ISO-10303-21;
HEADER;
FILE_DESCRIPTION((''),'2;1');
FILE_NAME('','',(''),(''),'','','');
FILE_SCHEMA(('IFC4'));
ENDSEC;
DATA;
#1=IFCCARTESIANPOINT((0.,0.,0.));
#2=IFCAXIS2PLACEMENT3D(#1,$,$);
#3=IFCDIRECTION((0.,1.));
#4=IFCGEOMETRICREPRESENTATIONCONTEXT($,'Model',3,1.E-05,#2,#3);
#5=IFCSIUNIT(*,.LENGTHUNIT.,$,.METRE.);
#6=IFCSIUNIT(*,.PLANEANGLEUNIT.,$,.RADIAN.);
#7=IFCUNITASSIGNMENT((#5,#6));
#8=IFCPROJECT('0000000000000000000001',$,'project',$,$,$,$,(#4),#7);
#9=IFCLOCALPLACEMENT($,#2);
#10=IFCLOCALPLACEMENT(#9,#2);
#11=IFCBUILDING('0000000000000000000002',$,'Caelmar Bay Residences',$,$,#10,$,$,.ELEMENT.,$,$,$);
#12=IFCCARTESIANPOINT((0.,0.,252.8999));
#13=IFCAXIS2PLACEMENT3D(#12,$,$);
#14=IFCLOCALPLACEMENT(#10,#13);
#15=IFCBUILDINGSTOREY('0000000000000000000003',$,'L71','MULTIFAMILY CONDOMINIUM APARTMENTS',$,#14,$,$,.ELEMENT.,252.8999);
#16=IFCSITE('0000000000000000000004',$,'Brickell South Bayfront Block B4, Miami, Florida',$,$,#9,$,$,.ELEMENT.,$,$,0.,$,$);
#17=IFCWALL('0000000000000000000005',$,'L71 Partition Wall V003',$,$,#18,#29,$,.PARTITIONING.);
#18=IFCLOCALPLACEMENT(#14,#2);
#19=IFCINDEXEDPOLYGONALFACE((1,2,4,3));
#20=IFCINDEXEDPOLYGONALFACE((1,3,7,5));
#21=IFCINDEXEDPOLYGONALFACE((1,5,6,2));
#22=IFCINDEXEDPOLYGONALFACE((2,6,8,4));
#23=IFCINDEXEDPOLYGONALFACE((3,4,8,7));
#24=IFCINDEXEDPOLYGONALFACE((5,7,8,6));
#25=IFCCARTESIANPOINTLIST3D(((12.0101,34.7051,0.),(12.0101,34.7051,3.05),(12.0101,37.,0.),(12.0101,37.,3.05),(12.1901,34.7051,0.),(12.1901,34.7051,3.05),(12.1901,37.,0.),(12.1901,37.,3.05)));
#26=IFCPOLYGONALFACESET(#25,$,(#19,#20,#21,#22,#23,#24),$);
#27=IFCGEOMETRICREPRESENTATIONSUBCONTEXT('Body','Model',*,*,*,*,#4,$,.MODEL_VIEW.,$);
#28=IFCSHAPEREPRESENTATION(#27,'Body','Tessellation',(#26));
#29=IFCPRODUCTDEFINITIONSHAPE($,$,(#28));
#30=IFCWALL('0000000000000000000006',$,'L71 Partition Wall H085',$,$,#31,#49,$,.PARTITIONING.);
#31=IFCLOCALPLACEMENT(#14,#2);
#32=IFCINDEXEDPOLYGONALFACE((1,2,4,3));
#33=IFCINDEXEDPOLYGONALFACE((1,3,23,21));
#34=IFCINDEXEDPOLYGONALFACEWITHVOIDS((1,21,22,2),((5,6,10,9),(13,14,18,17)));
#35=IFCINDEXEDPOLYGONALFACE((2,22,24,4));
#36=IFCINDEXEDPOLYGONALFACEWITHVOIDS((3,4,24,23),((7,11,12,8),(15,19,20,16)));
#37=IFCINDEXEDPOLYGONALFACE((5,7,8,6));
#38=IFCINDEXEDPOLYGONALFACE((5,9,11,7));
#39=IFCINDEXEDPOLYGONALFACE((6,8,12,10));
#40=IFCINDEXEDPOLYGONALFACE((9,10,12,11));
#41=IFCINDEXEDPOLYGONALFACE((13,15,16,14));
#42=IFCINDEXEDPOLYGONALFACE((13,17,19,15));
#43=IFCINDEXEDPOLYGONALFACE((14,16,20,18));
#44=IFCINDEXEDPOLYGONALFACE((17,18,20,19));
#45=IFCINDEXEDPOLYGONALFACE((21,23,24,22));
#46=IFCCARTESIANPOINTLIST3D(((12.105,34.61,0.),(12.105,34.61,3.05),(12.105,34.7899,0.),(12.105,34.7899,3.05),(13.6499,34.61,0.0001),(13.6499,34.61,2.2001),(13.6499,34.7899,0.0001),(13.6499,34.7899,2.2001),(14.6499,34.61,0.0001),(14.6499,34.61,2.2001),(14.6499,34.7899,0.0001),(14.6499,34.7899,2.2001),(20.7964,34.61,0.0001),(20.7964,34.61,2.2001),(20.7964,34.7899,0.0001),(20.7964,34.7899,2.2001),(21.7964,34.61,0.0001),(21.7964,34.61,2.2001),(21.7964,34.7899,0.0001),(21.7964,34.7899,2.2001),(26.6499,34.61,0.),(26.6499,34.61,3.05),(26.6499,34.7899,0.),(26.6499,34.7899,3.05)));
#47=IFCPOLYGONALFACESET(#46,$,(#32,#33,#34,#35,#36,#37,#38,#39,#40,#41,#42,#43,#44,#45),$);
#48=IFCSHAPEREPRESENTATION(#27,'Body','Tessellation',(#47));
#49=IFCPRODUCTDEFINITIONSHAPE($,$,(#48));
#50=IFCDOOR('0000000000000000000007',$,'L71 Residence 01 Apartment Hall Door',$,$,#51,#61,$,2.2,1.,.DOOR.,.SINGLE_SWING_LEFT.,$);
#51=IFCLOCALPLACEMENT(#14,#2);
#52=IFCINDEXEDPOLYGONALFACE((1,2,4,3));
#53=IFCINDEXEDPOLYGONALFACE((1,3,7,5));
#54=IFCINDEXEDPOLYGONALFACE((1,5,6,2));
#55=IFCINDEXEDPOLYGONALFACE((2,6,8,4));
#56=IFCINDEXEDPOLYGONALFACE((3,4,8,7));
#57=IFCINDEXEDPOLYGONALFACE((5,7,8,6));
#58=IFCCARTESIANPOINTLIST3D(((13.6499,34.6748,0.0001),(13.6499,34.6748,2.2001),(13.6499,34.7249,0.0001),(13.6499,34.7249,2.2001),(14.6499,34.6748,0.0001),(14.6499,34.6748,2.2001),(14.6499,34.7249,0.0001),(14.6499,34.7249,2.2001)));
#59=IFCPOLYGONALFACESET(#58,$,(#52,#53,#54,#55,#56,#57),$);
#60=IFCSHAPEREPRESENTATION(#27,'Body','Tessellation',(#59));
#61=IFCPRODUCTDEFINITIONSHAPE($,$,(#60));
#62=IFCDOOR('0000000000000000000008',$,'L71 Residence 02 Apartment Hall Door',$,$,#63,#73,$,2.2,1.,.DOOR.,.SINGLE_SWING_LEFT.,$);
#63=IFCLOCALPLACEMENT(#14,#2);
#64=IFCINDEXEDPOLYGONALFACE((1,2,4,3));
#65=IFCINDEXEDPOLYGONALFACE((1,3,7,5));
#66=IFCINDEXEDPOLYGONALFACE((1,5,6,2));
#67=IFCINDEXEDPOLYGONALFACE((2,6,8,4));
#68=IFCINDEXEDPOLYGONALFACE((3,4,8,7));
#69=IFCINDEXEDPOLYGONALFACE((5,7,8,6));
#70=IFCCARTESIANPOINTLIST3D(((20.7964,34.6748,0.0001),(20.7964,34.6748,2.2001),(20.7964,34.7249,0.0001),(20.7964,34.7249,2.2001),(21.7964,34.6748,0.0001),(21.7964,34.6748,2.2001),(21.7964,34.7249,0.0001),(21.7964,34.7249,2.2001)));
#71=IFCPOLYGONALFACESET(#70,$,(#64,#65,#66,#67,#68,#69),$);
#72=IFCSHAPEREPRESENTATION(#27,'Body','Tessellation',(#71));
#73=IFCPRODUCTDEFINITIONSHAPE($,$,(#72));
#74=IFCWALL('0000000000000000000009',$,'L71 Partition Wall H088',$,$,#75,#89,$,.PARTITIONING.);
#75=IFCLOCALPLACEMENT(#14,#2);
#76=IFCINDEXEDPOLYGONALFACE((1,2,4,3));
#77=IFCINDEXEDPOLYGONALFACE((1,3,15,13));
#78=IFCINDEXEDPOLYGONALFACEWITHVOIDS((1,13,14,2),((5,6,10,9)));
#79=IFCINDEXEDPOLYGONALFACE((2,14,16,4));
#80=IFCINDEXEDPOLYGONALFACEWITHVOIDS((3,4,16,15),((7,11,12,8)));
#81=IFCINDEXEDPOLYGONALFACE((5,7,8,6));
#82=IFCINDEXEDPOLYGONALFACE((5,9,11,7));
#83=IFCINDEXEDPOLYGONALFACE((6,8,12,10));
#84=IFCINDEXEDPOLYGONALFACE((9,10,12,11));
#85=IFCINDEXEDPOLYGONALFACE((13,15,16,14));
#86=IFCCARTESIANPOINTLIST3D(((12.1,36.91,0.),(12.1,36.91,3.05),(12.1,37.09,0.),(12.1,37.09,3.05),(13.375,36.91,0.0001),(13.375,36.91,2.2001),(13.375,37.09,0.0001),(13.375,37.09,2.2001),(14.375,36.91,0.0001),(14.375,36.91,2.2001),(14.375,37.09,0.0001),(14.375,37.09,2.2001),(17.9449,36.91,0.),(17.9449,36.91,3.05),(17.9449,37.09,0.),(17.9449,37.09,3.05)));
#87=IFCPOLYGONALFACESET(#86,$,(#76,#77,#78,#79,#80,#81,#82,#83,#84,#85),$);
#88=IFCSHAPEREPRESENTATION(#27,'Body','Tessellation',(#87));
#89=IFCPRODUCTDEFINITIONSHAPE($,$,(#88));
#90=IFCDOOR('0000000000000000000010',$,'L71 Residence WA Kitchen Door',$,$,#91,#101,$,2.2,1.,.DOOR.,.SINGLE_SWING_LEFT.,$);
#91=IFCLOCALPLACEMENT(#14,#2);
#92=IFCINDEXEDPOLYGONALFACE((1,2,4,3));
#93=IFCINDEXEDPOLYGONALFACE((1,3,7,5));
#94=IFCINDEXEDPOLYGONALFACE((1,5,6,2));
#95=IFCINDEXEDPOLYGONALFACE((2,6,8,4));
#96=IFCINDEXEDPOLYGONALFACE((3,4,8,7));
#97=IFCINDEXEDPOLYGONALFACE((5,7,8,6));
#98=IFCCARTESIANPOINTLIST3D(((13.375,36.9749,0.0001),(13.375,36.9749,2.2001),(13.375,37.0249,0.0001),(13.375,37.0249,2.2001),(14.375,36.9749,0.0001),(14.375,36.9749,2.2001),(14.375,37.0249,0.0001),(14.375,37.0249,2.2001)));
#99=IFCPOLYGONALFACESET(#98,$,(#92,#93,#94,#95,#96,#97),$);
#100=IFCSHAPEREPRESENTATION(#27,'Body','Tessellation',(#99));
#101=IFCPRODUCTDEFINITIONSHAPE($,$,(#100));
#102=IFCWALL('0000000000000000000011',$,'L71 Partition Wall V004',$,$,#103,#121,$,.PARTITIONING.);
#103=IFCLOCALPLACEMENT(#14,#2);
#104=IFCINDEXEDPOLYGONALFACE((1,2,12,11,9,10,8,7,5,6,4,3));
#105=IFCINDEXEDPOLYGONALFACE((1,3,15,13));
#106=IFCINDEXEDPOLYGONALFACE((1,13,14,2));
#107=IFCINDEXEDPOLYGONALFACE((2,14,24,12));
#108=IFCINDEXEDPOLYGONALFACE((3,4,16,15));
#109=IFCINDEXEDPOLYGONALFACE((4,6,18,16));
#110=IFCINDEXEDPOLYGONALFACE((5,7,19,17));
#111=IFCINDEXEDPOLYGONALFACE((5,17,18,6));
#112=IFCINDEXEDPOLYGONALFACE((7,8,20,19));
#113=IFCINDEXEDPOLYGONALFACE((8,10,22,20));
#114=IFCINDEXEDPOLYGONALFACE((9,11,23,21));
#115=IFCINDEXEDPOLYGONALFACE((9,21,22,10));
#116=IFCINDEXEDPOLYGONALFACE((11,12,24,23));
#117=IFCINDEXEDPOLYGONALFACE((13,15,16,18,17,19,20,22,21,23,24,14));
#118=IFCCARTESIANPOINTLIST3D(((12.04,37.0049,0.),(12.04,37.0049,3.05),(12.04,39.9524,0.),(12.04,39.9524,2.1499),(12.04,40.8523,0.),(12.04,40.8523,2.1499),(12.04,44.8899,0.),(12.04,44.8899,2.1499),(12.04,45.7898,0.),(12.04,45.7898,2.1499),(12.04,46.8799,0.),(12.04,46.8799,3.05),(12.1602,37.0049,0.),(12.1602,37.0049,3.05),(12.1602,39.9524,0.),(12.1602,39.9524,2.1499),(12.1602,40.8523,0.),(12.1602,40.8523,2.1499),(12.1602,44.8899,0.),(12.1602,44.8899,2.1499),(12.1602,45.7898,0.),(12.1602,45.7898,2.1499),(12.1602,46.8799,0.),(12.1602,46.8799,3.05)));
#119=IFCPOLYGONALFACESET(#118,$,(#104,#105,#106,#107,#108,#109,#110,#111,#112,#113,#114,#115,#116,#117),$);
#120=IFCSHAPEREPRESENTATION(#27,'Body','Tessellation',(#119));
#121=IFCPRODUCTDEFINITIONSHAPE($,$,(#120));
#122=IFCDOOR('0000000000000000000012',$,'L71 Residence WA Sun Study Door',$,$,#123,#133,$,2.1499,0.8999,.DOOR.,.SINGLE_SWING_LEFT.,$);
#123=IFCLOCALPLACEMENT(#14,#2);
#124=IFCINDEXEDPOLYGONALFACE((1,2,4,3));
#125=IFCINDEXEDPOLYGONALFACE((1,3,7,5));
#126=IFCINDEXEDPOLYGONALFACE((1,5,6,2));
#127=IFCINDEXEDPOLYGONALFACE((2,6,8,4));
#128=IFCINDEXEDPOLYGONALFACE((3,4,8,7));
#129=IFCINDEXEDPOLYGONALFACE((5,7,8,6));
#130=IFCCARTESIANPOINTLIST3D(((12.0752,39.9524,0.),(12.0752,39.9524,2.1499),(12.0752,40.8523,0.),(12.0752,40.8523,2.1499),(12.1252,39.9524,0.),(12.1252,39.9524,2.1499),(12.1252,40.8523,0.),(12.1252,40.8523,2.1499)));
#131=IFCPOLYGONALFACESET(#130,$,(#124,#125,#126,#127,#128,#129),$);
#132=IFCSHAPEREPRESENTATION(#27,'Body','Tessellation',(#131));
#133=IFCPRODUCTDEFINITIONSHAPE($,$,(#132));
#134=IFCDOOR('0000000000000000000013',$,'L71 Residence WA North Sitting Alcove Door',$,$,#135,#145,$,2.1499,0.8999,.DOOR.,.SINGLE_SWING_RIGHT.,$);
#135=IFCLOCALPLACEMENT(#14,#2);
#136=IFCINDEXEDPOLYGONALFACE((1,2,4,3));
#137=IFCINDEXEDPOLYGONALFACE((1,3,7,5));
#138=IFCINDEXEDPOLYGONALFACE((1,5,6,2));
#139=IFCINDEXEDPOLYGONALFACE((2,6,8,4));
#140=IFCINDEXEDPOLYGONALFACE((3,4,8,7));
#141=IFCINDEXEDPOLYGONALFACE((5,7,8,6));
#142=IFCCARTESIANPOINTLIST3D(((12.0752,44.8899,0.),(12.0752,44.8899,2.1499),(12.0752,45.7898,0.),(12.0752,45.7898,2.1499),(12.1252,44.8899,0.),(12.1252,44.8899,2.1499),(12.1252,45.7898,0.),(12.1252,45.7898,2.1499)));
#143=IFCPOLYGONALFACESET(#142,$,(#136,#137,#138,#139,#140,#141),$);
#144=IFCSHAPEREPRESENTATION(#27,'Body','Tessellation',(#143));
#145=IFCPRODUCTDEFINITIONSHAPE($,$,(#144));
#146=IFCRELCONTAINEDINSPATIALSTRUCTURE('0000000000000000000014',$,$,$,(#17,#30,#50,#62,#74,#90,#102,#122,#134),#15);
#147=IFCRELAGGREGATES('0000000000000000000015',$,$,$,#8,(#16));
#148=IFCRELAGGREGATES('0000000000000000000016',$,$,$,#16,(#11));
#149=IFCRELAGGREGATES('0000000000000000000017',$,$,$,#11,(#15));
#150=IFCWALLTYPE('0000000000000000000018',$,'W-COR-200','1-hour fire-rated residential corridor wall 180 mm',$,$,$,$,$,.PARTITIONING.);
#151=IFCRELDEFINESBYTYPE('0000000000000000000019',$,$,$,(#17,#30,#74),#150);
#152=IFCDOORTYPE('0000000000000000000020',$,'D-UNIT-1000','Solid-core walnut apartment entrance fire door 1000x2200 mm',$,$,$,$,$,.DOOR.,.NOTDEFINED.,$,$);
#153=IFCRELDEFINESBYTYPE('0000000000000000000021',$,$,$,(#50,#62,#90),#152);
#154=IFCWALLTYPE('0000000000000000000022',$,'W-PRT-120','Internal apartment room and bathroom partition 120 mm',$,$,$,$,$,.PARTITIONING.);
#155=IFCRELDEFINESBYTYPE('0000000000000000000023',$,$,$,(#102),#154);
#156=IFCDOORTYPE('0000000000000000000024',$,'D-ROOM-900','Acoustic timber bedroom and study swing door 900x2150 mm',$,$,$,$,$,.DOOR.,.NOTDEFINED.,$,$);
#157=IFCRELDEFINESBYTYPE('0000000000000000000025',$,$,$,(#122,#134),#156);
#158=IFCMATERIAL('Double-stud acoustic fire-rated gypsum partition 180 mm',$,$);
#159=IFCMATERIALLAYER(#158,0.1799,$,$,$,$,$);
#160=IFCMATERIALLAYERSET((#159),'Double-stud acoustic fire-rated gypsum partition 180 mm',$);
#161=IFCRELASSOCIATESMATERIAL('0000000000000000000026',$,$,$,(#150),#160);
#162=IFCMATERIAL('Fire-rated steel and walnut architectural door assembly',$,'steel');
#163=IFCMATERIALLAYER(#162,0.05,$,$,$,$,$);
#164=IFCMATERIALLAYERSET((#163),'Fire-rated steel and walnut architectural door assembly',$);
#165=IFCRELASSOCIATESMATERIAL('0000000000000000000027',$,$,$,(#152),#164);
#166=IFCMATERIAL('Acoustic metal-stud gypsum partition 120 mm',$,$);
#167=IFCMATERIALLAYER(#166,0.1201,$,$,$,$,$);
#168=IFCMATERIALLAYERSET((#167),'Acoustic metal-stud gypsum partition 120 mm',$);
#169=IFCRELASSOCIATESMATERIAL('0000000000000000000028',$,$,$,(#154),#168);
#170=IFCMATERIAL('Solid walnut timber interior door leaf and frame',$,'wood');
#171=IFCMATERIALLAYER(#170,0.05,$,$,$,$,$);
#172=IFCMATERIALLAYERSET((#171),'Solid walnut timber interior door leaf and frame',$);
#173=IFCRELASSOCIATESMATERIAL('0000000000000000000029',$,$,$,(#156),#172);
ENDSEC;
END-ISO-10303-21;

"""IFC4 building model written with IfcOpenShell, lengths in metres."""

from ifc_helpers import new_model, si_unit, direction, frame, frame_2d, origin, place, context, subcontext, project, spatial, rectangle, extrude, material, layer, layer_set, type_object, element, fill, save


model = new_model("IFC4")

# Units and contexts
model_context = context("Model", 3, precision=1e-05, world=origin(), true_north=direction((0.0, 1.0)))
body_context = subcontext(model_context, "Body", "Model", "MODEL_VIEW")
ifc_project = project(units=[si_unit("LENGTHUNIT", "METRE"), si_unit("PLANEANGLEUNIT", "RADIAN")], contexts=[model_context])

# Site, building, storey
site_placement = place(None, origin())
site = spatial("IfcSite", under=ifc_project, at=site_placement, Name="Brickell South Bayfront Block B4, Miami, Florida", CompositionType="ELEMENT", RefElevation=0.0)
building_placement = place(site_placement, origin())
building = spatial("IfcBuilding", under=site, at=building_placement, Name="Caelmar Bay Residences", CompositionType="ELEMENT")
storey_placement = place(building_placement, frame((0.0, 0.0, 252.8999)))
storey = spatial("IfcBuildingStorey", under=building, at=storey_placement, Name="L71", Description="MULTIFAMILY CONDOMINIUM APARTMENTS", CompositionType="ELEMENT", Elevation=252.8999)

# Shared definitions
ifc_material_1 = material(Name="Fire-rated steel and walnut architectural door assembly", Category="steel")

# Wall
ifc_material_2 = material(Name="Double-stud acoustic fire-rated gypsum partition 180 mm")
ifc_layer_1 = layer(ifc_material_2, 0.1799)
ifc_layer_set_1 = layer_set([ifc_layer_1], Name="Double-stud acoustic fire-rated gypsum partition 180 mm")
wall_type_1 = type_object("IfcWallType", Name="W-COR-200", Description="1-hour fire-rated residential corridor wall 180 mm", PredefinedType="PARTITIONING", material=ifc_layer_set_1)
wall_1_placement = place(storey_placement, frame((12.1001, 34.7051, 0.0), z_axis=(0.0, 0.0, 1.0), x_axis=(0.0, 1.0, 0.0)))
element("IfcWall", 1, at=wall_1_placement, inside=storey, type_object=wall_type_1, Name="L71 Partition Wall V003", PredefinedType="PARTITIONING", context=body_context, shape_type="SweptSolid", body=[
    extrude(rectangle(XDim=2.2949, YDim=0.1799, at=frame_2d((1.1475, 0.0))), origin(), (0.0, 0.0, 1.0), 3.05),
])

# Wall, openings, doors
wall_2_placement = place(storey_placement, frame((12.105, 34.7, 0.0), z_axis=(0.0, 0.0, 1.0), x_axis=(1.0, 0.0, 0.0)))
wall_2 = element("IfcWall", 2, at=wall_2_placement, inside=storey, type_object=wall_type_1, Name="L71 Partition Wall H085", PredefinedType="PARTITIONING", context=body_context, shape_type="SweptSolid", body=[
    extrude(rectangle(XDim=14.5449, YDim=0.1799, at=frame_2d((7.2725, 0.0))), origin(), (0.0, 0.0, 1.0), 3.05),
])
opening_1_placement = place(wall_2_placement, frame((1.5449, 0.0, 0.0)))
opening_1 = element("IfcOpeningElement", 3, at=opening_1_placement, cuts=wall_2, PredefinedType="OPENING", context=body_context, shape_type="SweptSolid", body=[
    extrude(rectangle(XDim=1.0, YDim=2.2, at=frame_2d((0.5, 1.1001))), frame((0.0, 0.0999, 0.0), z_axis=(0.0, -1.0, 0.0), x_axis=(1.0, 0.0, 0.0)), (0.0, 0.0, 1.0), 0.2),
])
opening_2_placement = place(wall_2_placement, frame((8.6914, 0.0, 0.0)))
opening_2 = element("IfcOpeningElement", 4, at=opening_2_placement, cuts=wall_2, PredefinedType="OPENING", context=body_context, shape_type="SweptSolid", body=[
    extrude(rectangle(XDim=1.0, YDim=2.2, at=frame_2d((0.5, 1.1001))), frame((0.0, 0.0999, 0.0), z_axis=(0.0, -1.0, 0.0), x_axis=(1.0, 0.0, 0.0)), (0.0, 0.0, 1.0), 0.2),
])
ifc_layer_2 = layer(ifc_material_1, 0.05)
ifc_layer_set_2 = layer_set([ifc_layer_2], Name="Fire-rated steel and walnut architectural door assembly")
door_type_1 = type_object("IfcDoorType", Name="D-UNIT-1000", Description="Solid-core walnut apartment entrance fire door 1000x2200 mm", OperationType="NOTDEFINED", PredefinedType="DOOR", material=ifc_layer_set_2)
door_1_placement = place(opening_1_placement, origin())
door_1 = element("IfcDoor", 5, at=door_1_placement, inside=storey, type_object=door_type_1, Name="L71 Residence 01 Apartment Hall Door", OperationType="SINGLE_SWING_LEFT", OverallHeight=2.2, OverallWidth=1.0, PredefinedType="DOOR", context=body_context, shape_type="SweptSolid", body=[
    extrude(rectangle(XDim=1.0, YDim=2.2, at=frame_2d((0.5, 1.1001))), frame((0.0, 0.0249, 0.0), z_axis=(0.0, -1.0, 0.0), x_axis=(1.0, 0.0, 0.0)), (0.0, 0.0, 1.0), 0.05),
])
fill(opening_1, door_1)
door_2_placement = place(opening_2_placement, origin())
door_2 = element("IfcDoor", 6, at=door_2_placement, inside=storey, type_object=door_type_1, Name="L71 Residence 02 Apartment Hall Door", OperationType="SINGLE_SWING_LEFT", OverallHeight=2.2, OverallWidth=1.0, PredefinedType="DOOR", context=body_context, shape_type="SweptSolid", body=[
    extrude(rectangle(XDim=1.0, YDim=2.2, at=frame_2d((0.5, 1.1001))), frame((0.0, 0.0249, 0.0), z_axis=(0.0, -1.0, 0.0), x_axis=(1.0, 0.0, 0.0)), (0.0, 0.0, 1.0), 0.05),
])
fill(opening_2, door_2)

# Wall, opening, door
wall_3_placement = place(storey_placement, frame((12.1001, 37.0, 0.0), z_axis=(0.0, 0.0, 1.0), x_axis=(1.0, 0.0, 0.0)))
wall_3 = element("IfcWall", 7, at=wall_3_placement, inside=storey, type_object=wall_type_1, Name="L71 Partition Wall H088", PredefinedType="PARTITIONING", context=body_context, shape_type="SweptSolid", body=[
    extrude(rectangle(XDim=5.845, YDim=0.1799, at=frame_2d((2.9224, 0.0))), origin(), (0.0, 0.0, 1.0), 3.05),
])
opening_3_placement = place(wall_3_placement, frame((1.2749, 0.0, 0.0)))
opening_3 = element("IfcOpeningElement", 8, at=opening_3_placement, cuts=wall_3, PredefinedType="OPENING", context=body_context, shape_type="SweptSolid", body=[
    extrude(rectangle(XDim=1.0, YDim=2.2, at=frame_2d((0.5, 1.1001))), frame((0.0, 0.0999, 0.0), z_axis=(0.0, -1.0, 0.0), x_axis=(1.0, 0.0, 0.0)), (0.0, 0.0, 1.0), 0.2),
])
door_3_placement = place(opening_3_placement, origin())
door_3 = element("IfcDoor", 9, at=door_3_placement, inside=storey, type_object=door_type_1, Name="L71 Residence WA Kitchen Door", OperationType="SINGLE_SWING_LEFT", OverallHeight=2.2, OverallWidth=1.0, PredefinedType="DOOR", context=body_context, shape_type="SweptSolid", body=[
    extrude(rectangle(XDim=1.0, YDim=2.2, at=frame_2d((0.5, 1.1001))), frame((0.0, 0.0249, 0.0), z_axis=(0.0, -1.0, 0.0), x_axis=(1.0, 0.0, 0.0)), (0.0, 0.0, 1.0), 0.05),
])
fill(opening_3, door_3)

# Wall, openings, doors
ifc_material_3 = material(Name="Acoustic metal-stud gypsum partition 120 mm")
ifc_layer_3 = layer(ifc_material_3, 0.1201)
ifc_layer_set_3 = layer_set([ifc_layer_3], Name="Acoustic metal-stud gypsum partition 120 mm")
wall_type_2 = type_object("IfcWallType", Name="W-PRT-120", Description="Internal apartment room and bathroom partition 120 mm", PredefinedType="PARTITIONING", material=ifc_layer_set_3)
wall_4_placement = place(storey_placement, frame((12.1001, 37.0049, 0.0), z_axis=(0.0, 0.0, 1.0), x_axis=(0.0, 1.0, 0.0)))
wall_4 = element("IfcWall", 10, at=wall_4_placement, inside=storey, type_object=wall_type_2, Name="L71 Partition Wall V004", PredefinedType="PARTITIONING", context=body_context, shape_type="SweptSolid", body=[
    extrude(rectangle(XDim=9.875, YDim=0.1201, at=frame_2d((4.9375, 0.0))), origin(), (0.0, 0.0, 1.0), 3.05),
])
opening_4_placement = place(wall_4_placement, frame((2.9475, 0.0, 0.0)))
opening_4 = element("IfcOpeningElement", 11, at=opening_4_placement, cuts=wall_4, PredefinedType="OPENING", context=body_context, shape_type="SweptSolid", body=[
    extrude(rectangle(XDim=0.8999, YDim=2.1499, at=frame_2d((0.45, 1.075))), frame((0.0, 0.0701, 0.0), z_axis=(0.0, -1.0, 0.0), x_axis=(1.0, 0.0, 0.0)), (0.0, 0.0, 1.0), 0.1401),
])
opening_5_placement = place(wall_4_placement, frame((7.885, 0.0, 0.0)))
opening_5 = element("IfcOpeningElement", 12, at=opening_5_placement, cuts=wall_4, PredefinedType="OPENING", context=body_context, shape_type="SweptSolid", body=[
    extrude(rectangle(XDim=0.8999, YDim=2.1499, at=frame_2d((0.45, 1.075))), frame((0.0, 0.0701, 0.0), z_axis=(0.0, -1.0, 0.0), x_axis=(1.0, 0.0, 0.0)), (0.0, 0.0, 1.0), 0.1401),
])
ifc_material_4 = material(Name="Solid walnut timber interior door leaf and frame", Category="wood")
ifc_layer_4 = layer(ifc_material_4, 0.05)
ifc_layer_set_4 = layer_set([ifc_layer_4], Name="Solid walnut timber interior door leaf and frame")
door_type_2 = type_object("IfcDoorType", Name="D-ROOM-900", Description="Acoustic timber bedroom and study swing door 900x2150 mm", OperationType="NOTDEFINED", PredefinedType="DOOR", material=ifc_layer_set_4)
door_4_placement = place(opening_4_placement, origin())
door_4 = element("IfcDoor", 13, at=door_4_placement, inside=storey, type_object=door_type_2, Name="L71 Residence WA Sun Study Door", OperationType="SINGLE_SWING_LEFT", OverallHeight=2.1499, OverallWidth=0.8999, PredefinedType="DOOR", context=body_context, shape_type="SweptSolid", body=[
    extrude(rectangle(XDim=0.8999, YDim=2.1499, at=frame_2d((0.45, 1.075))), frame((0.0, 0.0249, 0.0), z_axis=(0.0, -1.0, 0.0), x_axis=(1.0, 0.0, 0.0)), (0.0, 0.0, 1.0), 0.05),
])
fill(opening_4, door_4)
door_5_placement = place(opening_5_placement, origin())
door_5 = element("IfcDoor", 14, at=door_5_placement, inside=storey, type_object=door_type_2, Name="L71 Residence WA North Sitting Alcove Door", OperationType="SINGLE_SWING_RIGHT", OverallHeight=2.1499, OverallWidth=0.8999, PredefinedType="DOOR", context=body_context, shape_type="SweptSolid", body=[
    extrude(rectangle(XDim=0.8999, YDim=2.1499, at=frame_2d((0.45, 1.075))), frame((0.0, 0.0249, 0.0), z_axis=(0.0, -1.0, 0.0), x_axis=(1.0, 0.0, 0.0)), (0.0, 0.0, 1.0), 0.05),
])
fill(opening_5, door_5)

save(model, "model.ifc")
